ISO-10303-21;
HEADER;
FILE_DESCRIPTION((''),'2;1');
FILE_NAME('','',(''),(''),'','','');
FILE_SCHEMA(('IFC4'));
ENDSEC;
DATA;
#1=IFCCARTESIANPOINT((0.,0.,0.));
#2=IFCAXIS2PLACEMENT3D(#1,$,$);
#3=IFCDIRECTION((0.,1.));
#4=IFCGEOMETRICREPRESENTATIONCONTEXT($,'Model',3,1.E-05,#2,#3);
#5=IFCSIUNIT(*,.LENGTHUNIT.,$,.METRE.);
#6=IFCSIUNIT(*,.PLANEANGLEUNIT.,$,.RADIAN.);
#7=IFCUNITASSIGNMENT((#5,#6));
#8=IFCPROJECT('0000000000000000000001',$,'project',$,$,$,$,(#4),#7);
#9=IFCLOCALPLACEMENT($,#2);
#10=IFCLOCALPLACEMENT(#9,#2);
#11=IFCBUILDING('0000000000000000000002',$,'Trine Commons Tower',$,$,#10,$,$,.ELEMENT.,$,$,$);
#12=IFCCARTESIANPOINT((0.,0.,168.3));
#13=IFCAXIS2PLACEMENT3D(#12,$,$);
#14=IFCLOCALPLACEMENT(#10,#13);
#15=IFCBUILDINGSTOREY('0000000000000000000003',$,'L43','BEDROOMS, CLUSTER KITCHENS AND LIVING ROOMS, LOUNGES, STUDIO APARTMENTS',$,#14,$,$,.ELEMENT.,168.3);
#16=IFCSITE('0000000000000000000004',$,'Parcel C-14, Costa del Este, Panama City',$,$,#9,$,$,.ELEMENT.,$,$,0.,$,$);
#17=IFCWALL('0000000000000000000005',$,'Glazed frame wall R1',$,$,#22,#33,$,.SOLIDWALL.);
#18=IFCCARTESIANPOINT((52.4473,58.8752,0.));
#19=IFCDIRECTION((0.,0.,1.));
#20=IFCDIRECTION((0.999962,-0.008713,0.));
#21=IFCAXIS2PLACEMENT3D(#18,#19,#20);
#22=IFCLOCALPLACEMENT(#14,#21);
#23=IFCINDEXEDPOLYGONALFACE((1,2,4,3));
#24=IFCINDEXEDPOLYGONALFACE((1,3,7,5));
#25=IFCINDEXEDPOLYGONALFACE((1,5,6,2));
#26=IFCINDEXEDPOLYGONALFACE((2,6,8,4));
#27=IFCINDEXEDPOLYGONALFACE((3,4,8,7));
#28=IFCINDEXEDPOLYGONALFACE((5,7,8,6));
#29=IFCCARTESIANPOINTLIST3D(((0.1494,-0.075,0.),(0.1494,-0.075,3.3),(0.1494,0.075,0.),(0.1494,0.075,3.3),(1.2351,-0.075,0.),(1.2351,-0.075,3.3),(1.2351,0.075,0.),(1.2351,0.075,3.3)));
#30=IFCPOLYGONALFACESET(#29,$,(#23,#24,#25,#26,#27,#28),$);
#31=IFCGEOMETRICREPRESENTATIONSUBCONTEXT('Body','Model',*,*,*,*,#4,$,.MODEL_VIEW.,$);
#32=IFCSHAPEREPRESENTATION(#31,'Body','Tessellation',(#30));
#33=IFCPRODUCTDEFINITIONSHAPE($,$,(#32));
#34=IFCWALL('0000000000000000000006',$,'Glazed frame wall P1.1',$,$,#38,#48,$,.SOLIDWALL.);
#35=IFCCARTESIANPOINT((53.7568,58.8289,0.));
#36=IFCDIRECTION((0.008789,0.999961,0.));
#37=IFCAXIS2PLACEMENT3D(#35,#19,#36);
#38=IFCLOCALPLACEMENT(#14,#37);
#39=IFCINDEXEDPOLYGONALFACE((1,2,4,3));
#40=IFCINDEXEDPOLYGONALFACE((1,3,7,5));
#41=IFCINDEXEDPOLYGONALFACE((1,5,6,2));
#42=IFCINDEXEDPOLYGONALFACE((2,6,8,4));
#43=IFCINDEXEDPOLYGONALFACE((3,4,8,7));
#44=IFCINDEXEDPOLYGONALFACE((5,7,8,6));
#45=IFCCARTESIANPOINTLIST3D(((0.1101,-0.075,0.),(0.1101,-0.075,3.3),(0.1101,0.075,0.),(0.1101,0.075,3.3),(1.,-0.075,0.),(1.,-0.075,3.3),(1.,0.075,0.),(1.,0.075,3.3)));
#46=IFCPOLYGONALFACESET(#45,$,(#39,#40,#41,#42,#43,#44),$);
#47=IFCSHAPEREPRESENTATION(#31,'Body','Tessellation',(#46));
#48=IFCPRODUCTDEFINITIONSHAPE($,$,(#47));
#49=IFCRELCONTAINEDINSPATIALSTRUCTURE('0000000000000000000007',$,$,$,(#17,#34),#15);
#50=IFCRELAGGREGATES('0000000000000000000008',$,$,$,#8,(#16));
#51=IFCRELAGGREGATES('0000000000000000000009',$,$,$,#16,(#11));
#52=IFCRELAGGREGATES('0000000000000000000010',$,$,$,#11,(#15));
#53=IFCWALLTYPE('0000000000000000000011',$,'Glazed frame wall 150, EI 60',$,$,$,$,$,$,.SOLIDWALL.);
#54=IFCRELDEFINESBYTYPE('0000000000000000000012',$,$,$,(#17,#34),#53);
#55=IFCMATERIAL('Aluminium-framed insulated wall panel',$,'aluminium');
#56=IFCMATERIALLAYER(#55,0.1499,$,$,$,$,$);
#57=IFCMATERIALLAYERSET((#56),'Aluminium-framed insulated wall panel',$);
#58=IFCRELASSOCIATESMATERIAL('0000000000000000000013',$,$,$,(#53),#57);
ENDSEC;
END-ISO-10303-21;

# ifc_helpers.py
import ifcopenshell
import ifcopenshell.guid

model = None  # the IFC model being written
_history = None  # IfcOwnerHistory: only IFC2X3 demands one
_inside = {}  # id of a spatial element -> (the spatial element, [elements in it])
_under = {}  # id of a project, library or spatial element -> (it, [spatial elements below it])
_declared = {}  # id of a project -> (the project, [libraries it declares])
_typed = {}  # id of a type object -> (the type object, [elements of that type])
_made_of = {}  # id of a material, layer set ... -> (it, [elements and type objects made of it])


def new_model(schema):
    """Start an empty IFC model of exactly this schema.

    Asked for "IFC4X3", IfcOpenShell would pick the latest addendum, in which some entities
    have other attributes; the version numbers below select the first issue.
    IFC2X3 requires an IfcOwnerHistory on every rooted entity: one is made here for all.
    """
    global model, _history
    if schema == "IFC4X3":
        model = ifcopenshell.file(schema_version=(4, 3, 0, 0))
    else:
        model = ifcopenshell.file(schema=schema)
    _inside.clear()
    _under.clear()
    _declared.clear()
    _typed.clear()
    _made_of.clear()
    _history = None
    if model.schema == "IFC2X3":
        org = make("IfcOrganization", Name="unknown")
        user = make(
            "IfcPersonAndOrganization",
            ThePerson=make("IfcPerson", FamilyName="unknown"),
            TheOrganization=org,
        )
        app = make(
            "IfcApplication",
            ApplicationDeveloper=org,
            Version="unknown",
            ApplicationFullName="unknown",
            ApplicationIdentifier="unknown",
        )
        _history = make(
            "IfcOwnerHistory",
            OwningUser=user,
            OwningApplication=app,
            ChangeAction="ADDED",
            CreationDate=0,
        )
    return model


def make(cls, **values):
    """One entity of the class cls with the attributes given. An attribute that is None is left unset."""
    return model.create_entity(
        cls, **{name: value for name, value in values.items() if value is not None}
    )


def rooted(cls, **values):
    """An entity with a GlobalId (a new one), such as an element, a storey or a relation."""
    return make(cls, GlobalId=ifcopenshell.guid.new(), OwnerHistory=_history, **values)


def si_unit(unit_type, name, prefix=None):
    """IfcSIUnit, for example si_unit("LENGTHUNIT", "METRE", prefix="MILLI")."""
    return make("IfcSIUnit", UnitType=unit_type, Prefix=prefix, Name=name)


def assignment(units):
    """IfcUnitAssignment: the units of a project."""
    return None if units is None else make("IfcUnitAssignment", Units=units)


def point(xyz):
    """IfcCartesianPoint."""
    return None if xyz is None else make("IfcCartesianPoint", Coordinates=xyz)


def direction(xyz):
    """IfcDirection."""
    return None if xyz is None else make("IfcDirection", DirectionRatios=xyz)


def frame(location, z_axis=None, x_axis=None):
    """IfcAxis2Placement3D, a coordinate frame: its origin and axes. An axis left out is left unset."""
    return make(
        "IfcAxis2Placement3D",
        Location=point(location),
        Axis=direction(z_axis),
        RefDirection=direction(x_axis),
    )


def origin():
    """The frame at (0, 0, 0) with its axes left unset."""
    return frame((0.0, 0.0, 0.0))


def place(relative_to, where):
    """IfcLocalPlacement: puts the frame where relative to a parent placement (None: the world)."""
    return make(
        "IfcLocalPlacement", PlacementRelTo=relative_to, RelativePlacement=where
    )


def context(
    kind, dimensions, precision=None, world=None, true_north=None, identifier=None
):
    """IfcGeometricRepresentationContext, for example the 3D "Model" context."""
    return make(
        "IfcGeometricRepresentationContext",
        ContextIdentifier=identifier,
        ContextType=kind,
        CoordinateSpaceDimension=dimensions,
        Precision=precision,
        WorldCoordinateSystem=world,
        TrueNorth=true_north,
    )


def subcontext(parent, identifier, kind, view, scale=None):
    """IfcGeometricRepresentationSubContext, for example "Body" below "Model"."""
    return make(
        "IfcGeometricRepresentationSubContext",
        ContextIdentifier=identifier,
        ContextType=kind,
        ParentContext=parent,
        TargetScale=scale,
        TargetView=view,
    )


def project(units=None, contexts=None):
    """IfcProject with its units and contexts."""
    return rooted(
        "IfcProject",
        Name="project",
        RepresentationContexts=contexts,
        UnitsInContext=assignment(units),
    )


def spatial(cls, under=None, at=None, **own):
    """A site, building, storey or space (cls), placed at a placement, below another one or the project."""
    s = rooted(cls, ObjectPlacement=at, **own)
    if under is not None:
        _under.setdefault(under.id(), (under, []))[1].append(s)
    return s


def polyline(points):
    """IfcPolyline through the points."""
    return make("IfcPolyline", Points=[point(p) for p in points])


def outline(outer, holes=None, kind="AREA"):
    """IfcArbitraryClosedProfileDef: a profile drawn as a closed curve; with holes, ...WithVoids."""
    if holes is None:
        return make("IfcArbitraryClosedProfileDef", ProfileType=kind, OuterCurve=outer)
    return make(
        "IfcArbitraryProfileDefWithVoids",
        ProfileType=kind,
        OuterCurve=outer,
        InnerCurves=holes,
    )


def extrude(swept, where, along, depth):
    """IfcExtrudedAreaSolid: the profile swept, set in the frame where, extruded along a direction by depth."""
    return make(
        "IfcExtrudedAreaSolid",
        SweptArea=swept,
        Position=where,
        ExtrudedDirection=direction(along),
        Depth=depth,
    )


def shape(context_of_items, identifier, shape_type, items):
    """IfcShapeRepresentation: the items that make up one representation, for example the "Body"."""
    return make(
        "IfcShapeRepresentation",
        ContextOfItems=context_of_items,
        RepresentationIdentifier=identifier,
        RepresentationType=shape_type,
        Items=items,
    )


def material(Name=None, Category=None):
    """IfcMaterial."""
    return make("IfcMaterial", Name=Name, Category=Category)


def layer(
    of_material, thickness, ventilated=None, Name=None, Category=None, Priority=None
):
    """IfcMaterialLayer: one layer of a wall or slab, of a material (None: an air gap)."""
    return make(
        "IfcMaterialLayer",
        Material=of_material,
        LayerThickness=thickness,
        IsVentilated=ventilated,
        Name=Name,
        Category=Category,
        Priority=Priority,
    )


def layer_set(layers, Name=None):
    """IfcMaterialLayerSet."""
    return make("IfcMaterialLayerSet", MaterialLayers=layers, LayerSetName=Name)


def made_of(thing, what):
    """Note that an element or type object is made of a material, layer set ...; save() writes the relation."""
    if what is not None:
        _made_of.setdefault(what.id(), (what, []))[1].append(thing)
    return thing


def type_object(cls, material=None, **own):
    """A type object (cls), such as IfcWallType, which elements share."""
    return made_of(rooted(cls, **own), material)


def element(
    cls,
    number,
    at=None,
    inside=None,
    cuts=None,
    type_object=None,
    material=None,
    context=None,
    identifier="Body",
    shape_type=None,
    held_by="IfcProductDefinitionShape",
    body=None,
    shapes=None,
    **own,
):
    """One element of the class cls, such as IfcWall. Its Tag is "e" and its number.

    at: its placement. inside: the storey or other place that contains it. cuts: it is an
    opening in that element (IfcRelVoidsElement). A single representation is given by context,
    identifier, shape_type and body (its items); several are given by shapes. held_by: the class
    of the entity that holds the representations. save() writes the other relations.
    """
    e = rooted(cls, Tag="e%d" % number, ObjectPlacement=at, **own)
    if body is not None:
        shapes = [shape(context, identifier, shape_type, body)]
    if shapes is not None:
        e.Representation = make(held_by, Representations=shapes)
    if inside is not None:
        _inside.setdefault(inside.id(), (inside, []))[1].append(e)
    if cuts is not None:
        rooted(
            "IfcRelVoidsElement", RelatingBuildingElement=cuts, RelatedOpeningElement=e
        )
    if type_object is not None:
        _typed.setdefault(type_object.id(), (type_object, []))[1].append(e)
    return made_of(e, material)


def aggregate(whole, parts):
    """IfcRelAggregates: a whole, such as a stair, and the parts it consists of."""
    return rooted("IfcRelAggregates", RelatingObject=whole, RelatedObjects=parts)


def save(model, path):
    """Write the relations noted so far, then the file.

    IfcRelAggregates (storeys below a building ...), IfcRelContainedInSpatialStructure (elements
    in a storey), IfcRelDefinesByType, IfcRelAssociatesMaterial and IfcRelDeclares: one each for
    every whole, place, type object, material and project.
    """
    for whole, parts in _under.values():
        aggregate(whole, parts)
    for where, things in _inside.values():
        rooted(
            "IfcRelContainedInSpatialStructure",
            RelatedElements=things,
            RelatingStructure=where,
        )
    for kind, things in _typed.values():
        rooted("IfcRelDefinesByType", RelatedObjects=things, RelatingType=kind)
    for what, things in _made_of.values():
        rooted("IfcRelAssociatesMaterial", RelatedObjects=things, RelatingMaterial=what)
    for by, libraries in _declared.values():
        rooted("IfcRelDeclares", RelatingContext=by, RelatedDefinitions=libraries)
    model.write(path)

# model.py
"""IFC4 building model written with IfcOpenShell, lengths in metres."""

from ifc_helpers import new_model, si_unit, direction, frame, origin, place, context, subcontext, project, spatial, polyline, outline, extrude, material, layer, layer_set, type_object, element, save


model = new_model("IFC4")

# Units and contexts
model_context = context("Model", 3, precision=1e-05, world=origin(), true_north=direction((0.0, 1.0)))
body_context = subcontext(model_context, "Body", "Model", "MODEL_VIEW")
ifc_project = project(units=[si_unit("LENGTHUNIT", "METRE"), si_unit("PLANEANGLEUNIT", "RADIAN")], contexts=[model_context])

# Site, building, storey
site_placement = place(None, origin())
site = spatial("IfcSite", under=ifc_project, at=site_placement, Name="Parcel C-14, Costa del Este, Panama City", CompositionType="ELEMENT", RefElevation=0.0)
building_placement = place(site_placement, origin())
building = spatial("IfcBuilding", under=site, at=building_placement, Name="Trine Commons Tower", CompositionType="ELEMENT")
storey_placement = place(building_placement, frame((0.0, 0.0, 168.3)))
storey = spatial("IfcBuildingStorey", under=building, at=storey_placement, Name="L43", Description="BEDROOMS, CLUSTER KITCHENS AND LIVING ROOMS, LOUNGES, STUDIO APARTMENTS", CompositionType="ELEMENT", Elevation=168.3)

# Walls
ifc_material_1 = material(Name="Aluminium-framed insulated wall panel", Category="aluminium")
ifc_layer_1 = layer(ifc_material_1, 0.1499)
ifc_layer_set_1 = layer_set([ifc_layer_1], Name="Aluminium-framed insulated wall panel")
wall_type = type_object("IfcWallType", Name="Glazed frame wall 150, EI 60", PredefinedType="SOLIDWALL", material=ifc_layer_set_1)
wall_1_placement = place(storey_placement, frame((52.4473, 58.8752, 0.0), z_axis=(0.0, 0.0, 1.0), x_axis=(0.999962, -0.008713, 0.0)))
element("IfcWall", 1, at=wall_1_placement, inside=storey, type_object=wall_type, Name="Glazed frame wall R1", PredefinedType="SOLIDWALL", context=body_context, shape_type="SweptSolid", body=[
    extrude(outline(polyline([(0.1494, 0.075), (0.1494, -0.075), (1.2351, -0.075), (1.2351, 0.075), (0.1494, 0.075)])), origin(), (0.0, 0.0, 1.0), 3.3),
])
wall_2_placement = place(storey_placement, frame((53.7568, 58.8289, 0.0), z_axis=(0.0, 0.0, 1.0), x_axis=(0.008789, 0.999961, 0.0)))
element("IfcWall", 2, at=wall_2_placement, inside=storey, type_object=wall_type, Name="Glazed frame wall P1.1", PredefinedType="SOLIDWALL", context=body_context, shape_type="SweptSolid", body=[
    extrude(outline(polyline([(0.1101, -0.075), (1.0, -0.075), (1.0, 0.075), (0.1101, 0.075), (0.1101, -0.075)])), origin(), (0.0, 0.0, 1.0), 3.3),
])

save(model, "model.ifc")
